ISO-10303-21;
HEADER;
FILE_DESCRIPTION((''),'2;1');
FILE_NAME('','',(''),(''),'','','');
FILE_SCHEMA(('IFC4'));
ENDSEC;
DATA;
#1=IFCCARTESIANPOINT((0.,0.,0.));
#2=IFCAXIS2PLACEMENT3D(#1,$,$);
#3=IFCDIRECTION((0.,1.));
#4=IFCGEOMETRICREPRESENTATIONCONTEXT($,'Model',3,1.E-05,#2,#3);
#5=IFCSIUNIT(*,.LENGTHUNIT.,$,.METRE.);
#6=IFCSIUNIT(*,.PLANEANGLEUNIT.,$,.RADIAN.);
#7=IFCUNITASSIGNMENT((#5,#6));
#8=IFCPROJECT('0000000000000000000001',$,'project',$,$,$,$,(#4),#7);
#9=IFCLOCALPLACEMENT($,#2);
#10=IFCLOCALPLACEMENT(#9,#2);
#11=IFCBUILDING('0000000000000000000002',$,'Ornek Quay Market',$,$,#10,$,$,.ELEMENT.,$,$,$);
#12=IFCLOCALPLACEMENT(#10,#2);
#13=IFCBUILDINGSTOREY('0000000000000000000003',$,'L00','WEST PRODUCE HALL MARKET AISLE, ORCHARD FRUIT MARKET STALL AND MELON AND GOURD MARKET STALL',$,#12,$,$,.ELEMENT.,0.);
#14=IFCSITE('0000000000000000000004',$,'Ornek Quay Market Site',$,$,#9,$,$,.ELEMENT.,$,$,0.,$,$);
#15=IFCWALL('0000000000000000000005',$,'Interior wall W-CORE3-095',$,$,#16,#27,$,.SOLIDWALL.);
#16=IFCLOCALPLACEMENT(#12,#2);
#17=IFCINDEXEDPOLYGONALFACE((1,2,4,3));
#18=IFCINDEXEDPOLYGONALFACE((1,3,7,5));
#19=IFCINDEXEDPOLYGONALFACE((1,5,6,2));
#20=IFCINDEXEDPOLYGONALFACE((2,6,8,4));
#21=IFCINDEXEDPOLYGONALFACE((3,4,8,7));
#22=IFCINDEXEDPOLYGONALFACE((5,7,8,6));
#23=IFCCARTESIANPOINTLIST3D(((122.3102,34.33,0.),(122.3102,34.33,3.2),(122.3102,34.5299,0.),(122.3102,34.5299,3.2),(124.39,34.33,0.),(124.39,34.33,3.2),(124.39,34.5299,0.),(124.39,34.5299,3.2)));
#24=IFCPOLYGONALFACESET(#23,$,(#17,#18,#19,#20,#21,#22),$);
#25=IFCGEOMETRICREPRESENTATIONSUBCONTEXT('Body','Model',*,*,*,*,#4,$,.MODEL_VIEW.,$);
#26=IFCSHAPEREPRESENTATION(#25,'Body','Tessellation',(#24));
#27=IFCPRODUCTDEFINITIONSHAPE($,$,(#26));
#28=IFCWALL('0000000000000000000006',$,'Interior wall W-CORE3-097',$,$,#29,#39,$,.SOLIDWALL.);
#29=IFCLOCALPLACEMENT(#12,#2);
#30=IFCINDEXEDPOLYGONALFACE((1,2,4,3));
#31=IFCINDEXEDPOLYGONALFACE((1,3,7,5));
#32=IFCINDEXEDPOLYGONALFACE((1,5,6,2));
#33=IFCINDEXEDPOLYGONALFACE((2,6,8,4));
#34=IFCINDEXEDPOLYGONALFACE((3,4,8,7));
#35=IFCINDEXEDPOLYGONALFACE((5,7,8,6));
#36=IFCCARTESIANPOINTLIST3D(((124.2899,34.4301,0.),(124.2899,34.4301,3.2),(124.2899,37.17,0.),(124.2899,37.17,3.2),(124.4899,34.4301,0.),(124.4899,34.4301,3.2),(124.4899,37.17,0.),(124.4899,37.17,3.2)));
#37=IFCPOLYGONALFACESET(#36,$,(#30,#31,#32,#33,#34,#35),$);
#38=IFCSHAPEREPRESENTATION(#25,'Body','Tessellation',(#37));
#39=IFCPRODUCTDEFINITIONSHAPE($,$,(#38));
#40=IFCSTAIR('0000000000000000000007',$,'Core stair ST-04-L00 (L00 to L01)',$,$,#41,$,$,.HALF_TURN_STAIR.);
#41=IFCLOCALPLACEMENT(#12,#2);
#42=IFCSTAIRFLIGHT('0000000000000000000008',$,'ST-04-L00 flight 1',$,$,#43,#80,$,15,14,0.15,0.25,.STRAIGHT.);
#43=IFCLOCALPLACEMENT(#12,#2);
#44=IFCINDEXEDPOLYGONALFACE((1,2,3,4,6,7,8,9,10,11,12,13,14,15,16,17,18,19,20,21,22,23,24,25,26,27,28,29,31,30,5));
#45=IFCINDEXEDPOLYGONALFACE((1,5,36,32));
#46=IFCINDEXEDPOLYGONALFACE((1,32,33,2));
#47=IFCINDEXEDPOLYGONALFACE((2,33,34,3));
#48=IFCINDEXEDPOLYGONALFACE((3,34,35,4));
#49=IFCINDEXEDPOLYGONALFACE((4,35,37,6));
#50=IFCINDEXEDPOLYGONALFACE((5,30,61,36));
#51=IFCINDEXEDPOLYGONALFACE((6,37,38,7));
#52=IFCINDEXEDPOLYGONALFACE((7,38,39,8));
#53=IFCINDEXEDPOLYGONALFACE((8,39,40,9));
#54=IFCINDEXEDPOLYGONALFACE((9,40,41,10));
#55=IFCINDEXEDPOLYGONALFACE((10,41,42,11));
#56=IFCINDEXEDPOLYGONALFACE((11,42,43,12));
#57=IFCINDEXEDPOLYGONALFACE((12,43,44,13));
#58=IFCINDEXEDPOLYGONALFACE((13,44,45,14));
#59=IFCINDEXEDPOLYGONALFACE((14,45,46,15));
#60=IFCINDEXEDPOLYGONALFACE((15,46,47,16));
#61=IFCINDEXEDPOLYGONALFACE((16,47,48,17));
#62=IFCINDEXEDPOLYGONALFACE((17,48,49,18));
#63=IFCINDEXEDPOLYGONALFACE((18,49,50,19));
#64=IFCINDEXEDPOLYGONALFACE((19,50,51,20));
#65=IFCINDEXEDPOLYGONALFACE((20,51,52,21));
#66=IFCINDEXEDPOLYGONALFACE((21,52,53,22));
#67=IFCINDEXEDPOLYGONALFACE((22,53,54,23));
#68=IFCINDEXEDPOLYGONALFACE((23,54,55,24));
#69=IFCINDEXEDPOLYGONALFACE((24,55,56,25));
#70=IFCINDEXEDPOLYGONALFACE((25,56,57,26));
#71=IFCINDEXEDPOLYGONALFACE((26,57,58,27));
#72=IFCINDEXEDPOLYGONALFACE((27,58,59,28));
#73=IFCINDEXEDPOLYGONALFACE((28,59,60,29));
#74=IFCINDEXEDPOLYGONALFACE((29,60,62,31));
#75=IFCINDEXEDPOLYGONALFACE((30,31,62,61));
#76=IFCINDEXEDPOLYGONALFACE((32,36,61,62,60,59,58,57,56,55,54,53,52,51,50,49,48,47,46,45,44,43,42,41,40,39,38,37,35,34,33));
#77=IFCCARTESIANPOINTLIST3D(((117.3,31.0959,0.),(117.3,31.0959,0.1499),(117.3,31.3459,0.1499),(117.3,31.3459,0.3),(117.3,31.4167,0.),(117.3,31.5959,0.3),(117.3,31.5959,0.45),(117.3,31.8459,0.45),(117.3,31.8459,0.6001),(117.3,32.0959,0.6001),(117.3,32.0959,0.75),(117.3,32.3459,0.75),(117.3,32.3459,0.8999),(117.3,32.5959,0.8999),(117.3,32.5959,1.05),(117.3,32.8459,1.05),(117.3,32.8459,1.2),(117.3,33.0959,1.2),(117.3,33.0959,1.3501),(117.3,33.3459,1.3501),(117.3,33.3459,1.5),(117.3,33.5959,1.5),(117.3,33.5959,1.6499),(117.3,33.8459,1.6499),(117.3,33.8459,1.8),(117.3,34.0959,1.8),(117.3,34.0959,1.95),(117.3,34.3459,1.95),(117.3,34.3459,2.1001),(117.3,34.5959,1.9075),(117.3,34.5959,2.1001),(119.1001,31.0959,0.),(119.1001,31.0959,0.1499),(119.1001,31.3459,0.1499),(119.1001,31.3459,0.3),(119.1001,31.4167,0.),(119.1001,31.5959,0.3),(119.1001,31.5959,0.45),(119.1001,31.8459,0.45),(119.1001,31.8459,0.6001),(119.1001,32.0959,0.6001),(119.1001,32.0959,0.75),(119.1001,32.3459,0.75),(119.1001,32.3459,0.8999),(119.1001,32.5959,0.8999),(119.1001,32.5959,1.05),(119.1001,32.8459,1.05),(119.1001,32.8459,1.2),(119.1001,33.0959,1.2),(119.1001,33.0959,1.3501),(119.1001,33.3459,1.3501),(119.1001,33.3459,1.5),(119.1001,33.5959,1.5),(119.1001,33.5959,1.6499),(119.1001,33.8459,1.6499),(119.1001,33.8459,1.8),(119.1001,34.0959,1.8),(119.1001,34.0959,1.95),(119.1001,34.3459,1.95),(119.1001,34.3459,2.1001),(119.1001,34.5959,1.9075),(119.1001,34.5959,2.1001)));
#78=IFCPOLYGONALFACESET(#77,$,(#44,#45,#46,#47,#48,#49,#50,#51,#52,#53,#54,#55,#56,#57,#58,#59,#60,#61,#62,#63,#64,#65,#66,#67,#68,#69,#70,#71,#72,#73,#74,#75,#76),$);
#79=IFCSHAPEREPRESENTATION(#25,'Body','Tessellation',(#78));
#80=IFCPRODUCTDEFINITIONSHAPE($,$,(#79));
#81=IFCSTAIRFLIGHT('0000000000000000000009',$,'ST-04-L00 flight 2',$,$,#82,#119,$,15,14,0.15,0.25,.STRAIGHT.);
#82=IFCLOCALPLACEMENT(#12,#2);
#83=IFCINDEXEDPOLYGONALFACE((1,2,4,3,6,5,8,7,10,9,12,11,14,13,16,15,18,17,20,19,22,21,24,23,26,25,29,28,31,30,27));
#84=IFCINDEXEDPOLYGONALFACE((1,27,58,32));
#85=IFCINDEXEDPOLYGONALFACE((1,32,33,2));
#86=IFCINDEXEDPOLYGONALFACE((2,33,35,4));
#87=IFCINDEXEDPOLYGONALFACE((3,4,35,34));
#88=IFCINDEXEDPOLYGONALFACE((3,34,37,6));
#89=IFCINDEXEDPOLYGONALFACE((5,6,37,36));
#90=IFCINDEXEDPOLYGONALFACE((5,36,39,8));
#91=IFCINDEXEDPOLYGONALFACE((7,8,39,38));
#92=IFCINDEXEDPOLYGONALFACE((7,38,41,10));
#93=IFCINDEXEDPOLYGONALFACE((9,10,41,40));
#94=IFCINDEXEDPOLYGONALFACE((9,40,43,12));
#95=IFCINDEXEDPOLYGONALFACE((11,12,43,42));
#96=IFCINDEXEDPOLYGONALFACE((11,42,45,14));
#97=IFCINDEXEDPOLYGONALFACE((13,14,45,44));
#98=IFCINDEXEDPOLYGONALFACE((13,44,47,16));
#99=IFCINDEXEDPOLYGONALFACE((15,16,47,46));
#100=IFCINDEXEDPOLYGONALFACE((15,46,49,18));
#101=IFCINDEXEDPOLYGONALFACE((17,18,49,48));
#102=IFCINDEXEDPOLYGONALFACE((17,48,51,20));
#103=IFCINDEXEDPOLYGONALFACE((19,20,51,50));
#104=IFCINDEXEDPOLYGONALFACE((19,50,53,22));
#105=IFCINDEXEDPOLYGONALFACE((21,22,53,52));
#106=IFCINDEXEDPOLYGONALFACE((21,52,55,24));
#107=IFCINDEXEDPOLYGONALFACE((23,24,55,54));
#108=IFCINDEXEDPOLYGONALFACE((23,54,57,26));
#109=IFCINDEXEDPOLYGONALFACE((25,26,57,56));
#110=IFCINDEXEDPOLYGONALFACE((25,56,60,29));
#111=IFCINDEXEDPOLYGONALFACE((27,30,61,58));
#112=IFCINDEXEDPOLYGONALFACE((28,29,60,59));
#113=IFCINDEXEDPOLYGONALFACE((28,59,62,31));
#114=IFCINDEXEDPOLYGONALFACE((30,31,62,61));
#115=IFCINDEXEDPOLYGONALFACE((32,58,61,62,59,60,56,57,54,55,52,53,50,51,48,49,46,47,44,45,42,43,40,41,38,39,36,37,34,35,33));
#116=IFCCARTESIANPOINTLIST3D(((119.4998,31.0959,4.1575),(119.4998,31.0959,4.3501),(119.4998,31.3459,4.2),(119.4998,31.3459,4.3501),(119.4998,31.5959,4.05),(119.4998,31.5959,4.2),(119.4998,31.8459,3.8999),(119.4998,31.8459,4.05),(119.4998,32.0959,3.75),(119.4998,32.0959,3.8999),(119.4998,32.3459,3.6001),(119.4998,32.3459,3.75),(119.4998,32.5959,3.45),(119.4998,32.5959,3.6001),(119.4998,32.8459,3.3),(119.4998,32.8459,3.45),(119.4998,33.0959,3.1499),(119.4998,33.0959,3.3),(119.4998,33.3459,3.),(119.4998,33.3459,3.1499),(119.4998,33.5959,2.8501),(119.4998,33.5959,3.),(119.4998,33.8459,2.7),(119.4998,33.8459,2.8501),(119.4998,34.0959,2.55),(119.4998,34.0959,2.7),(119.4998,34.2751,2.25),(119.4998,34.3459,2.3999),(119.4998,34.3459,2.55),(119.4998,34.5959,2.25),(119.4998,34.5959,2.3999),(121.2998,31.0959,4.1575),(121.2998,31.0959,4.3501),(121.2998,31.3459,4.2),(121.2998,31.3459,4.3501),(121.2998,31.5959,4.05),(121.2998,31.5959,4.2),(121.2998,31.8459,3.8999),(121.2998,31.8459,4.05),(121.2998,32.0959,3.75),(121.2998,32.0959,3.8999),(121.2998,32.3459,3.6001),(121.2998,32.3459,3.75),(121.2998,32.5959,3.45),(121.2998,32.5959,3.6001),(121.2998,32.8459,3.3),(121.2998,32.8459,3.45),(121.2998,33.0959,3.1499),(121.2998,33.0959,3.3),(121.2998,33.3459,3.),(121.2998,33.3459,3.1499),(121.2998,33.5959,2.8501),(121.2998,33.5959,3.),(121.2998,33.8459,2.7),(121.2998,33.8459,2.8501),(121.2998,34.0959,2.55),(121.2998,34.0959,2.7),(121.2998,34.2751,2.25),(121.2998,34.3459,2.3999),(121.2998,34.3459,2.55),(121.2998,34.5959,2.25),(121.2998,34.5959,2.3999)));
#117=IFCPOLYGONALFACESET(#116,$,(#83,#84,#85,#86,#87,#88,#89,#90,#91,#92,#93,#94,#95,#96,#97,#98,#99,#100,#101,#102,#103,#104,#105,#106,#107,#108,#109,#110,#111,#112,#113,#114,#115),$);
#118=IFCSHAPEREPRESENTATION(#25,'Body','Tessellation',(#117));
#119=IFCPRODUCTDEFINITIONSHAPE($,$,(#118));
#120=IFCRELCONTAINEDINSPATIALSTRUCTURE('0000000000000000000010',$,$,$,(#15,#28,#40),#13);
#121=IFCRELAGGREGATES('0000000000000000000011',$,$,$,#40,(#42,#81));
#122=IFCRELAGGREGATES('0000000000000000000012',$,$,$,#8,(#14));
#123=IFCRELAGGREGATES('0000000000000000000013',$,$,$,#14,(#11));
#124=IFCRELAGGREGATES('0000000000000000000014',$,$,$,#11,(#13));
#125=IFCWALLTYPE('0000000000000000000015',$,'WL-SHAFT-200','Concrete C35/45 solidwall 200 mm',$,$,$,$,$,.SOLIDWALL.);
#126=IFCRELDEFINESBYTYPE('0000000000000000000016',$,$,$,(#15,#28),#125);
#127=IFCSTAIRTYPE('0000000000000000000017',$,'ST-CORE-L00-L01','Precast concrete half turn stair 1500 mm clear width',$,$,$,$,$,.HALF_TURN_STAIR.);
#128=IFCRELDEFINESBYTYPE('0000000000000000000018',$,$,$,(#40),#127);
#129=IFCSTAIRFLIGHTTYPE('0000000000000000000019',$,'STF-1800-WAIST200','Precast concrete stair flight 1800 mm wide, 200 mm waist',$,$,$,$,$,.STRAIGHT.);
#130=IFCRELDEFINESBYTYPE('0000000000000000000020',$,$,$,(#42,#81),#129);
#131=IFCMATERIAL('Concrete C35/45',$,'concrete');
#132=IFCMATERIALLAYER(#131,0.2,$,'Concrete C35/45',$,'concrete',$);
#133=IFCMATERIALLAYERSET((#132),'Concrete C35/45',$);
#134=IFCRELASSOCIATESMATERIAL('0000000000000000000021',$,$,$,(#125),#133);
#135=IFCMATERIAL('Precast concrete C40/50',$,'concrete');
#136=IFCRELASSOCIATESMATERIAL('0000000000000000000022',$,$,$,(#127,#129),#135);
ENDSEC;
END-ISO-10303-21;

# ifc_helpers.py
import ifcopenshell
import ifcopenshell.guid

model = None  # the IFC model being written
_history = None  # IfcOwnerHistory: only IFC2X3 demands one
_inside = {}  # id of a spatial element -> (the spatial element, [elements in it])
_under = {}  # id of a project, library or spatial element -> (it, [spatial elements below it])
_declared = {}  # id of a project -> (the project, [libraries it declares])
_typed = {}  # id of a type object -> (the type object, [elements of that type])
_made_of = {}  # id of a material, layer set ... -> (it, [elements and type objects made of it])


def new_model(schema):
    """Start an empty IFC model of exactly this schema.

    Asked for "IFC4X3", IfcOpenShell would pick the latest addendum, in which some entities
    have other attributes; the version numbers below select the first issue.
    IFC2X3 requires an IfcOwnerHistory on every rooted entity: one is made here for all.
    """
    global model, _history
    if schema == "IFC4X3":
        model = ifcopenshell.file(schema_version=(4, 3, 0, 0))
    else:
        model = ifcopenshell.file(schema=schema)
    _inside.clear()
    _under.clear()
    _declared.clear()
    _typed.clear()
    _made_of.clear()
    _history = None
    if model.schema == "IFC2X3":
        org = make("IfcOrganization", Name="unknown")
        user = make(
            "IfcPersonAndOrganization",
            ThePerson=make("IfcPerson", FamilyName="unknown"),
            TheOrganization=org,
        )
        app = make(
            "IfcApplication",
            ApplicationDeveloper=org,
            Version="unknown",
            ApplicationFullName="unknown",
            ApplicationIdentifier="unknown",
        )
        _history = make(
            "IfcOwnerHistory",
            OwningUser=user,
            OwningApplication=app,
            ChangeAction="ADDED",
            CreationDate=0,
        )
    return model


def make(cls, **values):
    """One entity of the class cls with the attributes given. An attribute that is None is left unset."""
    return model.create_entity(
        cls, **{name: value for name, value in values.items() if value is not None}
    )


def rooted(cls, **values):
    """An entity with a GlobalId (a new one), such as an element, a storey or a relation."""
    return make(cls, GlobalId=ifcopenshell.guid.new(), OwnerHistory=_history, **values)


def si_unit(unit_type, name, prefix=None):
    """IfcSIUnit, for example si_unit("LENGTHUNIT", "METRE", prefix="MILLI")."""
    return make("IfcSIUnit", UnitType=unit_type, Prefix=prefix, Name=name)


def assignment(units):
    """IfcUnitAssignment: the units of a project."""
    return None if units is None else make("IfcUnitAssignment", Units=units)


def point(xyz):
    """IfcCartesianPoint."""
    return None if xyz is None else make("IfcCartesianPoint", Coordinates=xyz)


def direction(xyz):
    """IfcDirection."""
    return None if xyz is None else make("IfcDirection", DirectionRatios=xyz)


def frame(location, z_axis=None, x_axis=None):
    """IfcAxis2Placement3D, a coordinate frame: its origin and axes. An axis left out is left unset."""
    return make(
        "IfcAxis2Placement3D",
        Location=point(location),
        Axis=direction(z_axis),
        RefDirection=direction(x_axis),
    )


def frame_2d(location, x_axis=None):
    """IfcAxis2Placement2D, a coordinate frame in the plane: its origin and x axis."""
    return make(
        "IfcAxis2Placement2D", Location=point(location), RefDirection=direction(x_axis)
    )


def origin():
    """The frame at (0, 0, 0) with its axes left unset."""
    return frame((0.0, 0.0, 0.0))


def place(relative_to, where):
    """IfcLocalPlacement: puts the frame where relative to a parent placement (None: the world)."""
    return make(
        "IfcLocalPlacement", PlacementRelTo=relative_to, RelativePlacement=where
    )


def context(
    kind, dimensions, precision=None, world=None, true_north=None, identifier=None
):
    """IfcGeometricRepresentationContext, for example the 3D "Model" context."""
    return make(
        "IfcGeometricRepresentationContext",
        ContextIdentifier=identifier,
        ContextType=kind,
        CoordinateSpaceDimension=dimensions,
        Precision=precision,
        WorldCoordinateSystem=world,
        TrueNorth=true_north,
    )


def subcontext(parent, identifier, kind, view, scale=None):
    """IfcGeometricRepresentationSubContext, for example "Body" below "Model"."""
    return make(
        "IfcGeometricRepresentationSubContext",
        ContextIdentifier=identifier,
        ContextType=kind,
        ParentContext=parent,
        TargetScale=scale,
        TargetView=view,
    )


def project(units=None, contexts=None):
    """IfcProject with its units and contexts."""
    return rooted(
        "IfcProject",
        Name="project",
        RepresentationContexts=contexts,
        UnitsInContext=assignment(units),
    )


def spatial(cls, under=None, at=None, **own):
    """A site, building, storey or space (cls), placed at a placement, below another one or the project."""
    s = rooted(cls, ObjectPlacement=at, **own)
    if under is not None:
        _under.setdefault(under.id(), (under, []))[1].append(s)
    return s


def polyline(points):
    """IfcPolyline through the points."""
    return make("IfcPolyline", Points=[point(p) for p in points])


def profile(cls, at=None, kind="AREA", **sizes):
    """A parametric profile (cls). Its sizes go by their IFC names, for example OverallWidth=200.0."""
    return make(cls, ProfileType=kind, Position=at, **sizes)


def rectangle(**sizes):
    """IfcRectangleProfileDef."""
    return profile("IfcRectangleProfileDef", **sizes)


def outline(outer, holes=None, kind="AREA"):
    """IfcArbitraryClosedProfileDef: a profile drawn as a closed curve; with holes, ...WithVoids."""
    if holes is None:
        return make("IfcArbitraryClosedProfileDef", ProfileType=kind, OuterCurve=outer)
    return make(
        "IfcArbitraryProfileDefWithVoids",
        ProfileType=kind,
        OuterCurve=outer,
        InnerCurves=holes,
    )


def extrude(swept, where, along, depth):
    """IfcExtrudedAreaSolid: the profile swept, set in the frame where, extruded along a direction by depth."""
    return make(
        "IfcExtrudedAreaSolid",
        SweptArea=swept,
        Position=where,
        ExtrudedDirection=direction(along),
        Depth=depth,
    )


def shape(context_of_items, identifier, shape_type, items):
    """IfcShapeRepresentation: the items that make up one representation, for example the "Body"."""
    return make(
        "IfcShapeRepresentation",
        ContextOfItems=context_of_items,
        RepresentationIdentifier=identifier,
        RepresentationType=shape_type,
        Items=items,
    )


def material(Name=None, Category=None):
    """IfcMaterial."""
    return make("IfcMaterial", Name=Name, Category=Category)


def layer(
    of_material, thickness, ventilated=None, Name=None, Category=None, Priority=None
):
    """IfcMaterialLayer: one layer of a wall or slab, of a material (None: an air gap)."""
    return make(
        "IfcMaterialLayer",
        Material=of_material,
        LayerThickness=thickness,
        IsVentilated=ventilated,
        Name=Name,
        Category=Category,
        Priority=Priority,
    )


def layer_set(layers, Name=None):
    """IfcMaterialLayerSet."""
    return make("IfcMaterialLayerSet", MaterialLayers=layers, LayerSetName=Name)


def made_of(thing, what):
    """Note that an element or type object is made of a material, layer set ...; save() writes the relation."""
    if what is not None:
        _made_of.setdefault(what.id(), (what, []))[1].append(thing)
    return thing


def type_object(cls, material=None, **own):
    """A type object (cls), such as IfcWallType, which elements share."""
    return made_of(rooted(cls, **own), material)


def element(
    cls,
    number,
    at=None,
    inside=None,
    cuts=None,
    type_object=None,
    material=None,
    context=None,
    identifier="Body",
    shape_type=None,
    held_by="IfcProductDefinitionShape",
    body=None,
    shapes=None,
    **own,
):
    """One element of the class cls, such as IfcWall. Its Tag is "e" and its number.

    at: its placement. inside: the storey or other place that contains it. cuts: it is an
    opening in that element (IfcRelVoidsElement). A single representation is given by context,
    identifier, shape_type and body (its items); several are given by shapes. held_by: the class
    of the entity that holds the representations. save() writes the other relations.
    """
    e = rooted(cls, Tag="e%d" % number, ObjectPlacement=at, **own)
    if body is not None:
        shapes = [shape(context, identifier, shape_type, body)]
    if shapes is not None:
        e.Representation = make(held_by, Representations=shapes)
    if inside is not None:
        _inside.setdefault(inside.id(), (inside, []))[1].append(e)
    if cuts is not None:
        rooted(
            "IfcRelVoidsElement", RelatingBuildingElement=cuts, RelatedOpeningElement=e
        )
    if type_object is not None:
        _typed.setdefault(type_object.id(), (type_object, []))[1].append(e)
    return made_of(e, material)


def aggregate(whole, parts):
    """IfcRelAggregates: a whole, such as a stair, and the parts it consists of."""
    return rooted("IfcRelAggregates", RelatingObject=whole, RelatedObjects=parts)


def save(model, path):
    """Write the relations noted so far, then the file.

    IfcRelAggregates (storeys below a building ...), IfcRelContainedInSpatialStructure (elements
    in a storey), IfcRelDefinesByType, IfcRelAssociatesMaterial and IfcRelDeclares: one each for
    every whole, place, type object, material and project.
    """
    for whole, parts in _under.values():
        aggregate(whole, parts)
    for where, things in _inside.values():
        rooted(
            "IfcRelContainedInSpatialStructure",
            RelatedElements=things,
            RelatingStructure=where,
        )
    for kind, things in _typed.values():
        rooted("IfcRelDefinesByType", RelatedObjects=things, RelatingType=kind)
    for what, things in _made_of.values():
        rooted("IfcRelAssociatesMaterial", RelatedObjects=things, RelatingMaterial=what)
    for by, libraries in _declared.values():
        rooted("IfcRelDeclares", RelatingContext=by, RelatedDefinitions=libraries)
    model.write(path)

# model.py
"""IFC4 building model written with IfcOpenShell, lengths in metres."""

from ifc_helpers import new_model, si_unit, direction, frame, frame_2d, origin, place, context, subcontext, project, spatial, polyline, rectangle, outline, extrude, material, layer, layer_set, type_object, element, aggregate, save


model = new_model("IFC4")

# Units and contexts
model_context = context("Model", 3, precision=1e-05, world=origin(), true_north=direction((0.0, 1.0)))
body_context = subcontext(model_context, "Body", "Model", "MODEL_VIEW")
ifc_project = project(units=[si_unit("LENGTHUNIT", "METRE"), si_unit("PLANEANGLEUNIT", "RADIAN")], contexts=[model_context])

# Site, building, storey
site_placement = place(None, origin())
site = spatial("IfcSite", under=ifc_project, at=site_placement, Name="Ornek Quay Market Site", CompositionType="ELEMENT", RefElevation=0.0)
building_placement = place(site_placement, origin())
building = spatial("IfcBuilding", under=site, at=building_placement, Name="Ornek Quay Market", CompositionType="ELEMENT")
storey_placement = place(building_placement, origin())
storey = spatial("IfcBuildingStorey", under=building, at=storey_placement, Name="L00", Description="WEST PRODUCE HALL MARKET AISLE, ORCHARD FRUIT MARKET STALL AND MELON AND GOURD MARKET STALL", CompositionType="ELEMENT", Elevation=0.0)

# Shared definitions
ifc_material_1 = material(Name="Concrete C35/45", Category="concrete")

# Shared definitions
ifc_layer_1 = layer(ifc_material_1, 0.2, Name="Concrete C35/45", Category="concrete")
ifc_layer_set_1 = layer_set([ifc_layer_1], Name="Concrete C35/45")
wall_type_1 = type_object("IfcWallType", Name="WL-SHAFT-200", Description="Concrete C35/45 solidwall 200 mm", PredefinedType="SOLIDWALL", material=ifc_layer_set_1)

# Walls
wall_1_placement = place(storey_placement, frame((122.3101, 34.4299, 0.0), z_axis=(0.0, 0.0, 1.0), x_axis=(1.0, 0.0, 0.0)))
element("IfcWall", 1, at=wall_1_placement, inside=storey, type_object=wall_type_1, Name="Interior wall W-CORE3-095", PredefinedType="SOLIDWALL", context=body_context, shape_type="SweptSolid", body=[
    extrude(rectangle(XDim=2.0798, YDim=0.2, at=frame_2d((1.04, 0.0))), origin(), (0.0, 0.0, 1.0), 3.2),
])
wall_2_placement = place(storey_placement, frame((124.3899, 34.4299, 0.0), z_axis=(0.0, 0.0, 1.0), x_axis=(0.0, 1.0, 0.0)))
element("IfcWall", 2, at=wall_2_placement, inside=storey, type_object=wall_type_1, Name="Interior wall W-CORE3-097", PredefinedType="SOLIDWALL", context=body_context, shape_type="SweptSolid", body=[
    extrude(rectangle(XDim=2.74, YDim=0.2, at=frame_2d((1.3701, 0.0))), origin(), (0.0, 0.0, 1.0), 3.2),
])

# Stair, stair flights
ifc_material_2 = material(Name="Precast concrete C40/50", Category="concrete")
stair_type = type_object("IfcStairType", Name="ST-CORE-L00-L01", Description="Precast concrete half turn stair 1500 mm clear width", PredefinedType="HALF_TURN_STAIR", material=ifc_material_2)
stair_placement = place(storey_placement, origin())
stair = element("IfcStair", 3, at=stair_placement, inside=storey, type_object=stair_type, Name="Core stair ST-04-L00 (L00 to L01)", PredefinedType="HALF_TURN_STAIR")
stair_flight_type = type_object("IfcStairFlightType", Name="STF-1800-WAIST200", Description="Precast concrete stair flight 1800 mm wide, 200 mm waist", PredefinedType="STRAIGHT", material=ifc_material_2)
stair_flight_1_placement = place(storey_placement, frame((118.2, 31.0959, 0.0), z_axis=(0.0, 0.0, 1.0), x_axis=(0.0, 1.0, 0.0)))
stair_flight_1 = element("IfcStairFlight", 4, at=stair_flight_1_placement, type_object=stair_flight_type, Name="ST-04-L00 flight 1", NumberOfRisers=15, NumberOfTreads=14, PredefinedType="STRAIGHT", RiserHeight=0.15, TreadLength=0.25, context=body_context, shape_type="SweptSolid", body=[
    extrude(outline(polyline([(0.0, 0.0), (0.0, 0.1499), (0.25, 0.1499), (0.25, 0.3), (0.5, 0.3), (0.5, 0.45), (0.75, 0.45), (0.75, 0.6001), (1.0, 0.6001), (1.0, 0.75), (1.25, 0.75), (1.25, 0.8999), (1.5, 0.8999), (1.5, 1.05), (1.75, 1.05), (1.75, 1.2), (2.0, 1.2), (2.0, 1.3501), (2.25, 1.3501), (2.25, 1.5), (2.5, 1.5), (2.5, 1.6499), (2.75, 1.6499), (2.75, 1.8), (3.0, 1.8), (3.0, 1.95), (3.25, 1.95), (3.25, 2.1001), (3.5, 2.1001), (3.5, 2.25), (3.5, 1.9075), (0.3208, 0.0), (0.0, 0.0)])), frame((0.0, 0.8999, 0.0), z_axis=(0.0, -1.0, 0.0), x_axis=(1.0, 0.0, 0.0)), (0.0, 0.0, 1.0), 1.8),
])
stair_flight_2_placement = place(storey_placement, frame((120.3999, 34.5959, 2.25), z_axis=(0.0, 0.0, 1.0), x_axis=(0.0, -1.0, 0.0)))
stair_flight_2 = element("IfcStairFlight", 5, at=stair_flight_2_placement, type_object=stair_flight_type, Name="ST-04-L00 flight 2", NumberOfRisers=15, NumberOfTreads=14, PredefinedType="STRAIGHT", RiserHeight=0.15, TreadLength=0.25, context=body_context, shape_type="SweptSolid", body=[
    extrude(outline(polyline([(0.0, 0.0), (0.0, 0.1499), (0.25, 0.1499), (0.25, 0.3), (0.5, 0.3), (0.5, 0.45), (0.75, 0.45), (0.75, 0.6001), (1.0, 0.6001), (1.0, 0.75), (1.25, 0.75), (1.25, 0.8999), (1.5, 0.8999), (1.5, 1.05), (1.75, 1.05), (1.75, 1.2), (2.0, 1.2), (2.0, 1.3501), (2.25, 1.3501), (2.25, 1.5), (2.5, 1.5), (2.5, 1.6499), (2.75, 1.6499), (2.75, 1.8), (3.0, 1.8), (3.0, 1.95), (3.25, 1.95), (3.25, 2.1001), (3.5, 2.1001), (3.5, 2.25), (3.5, 1.9075), (0.3208, 0.0), (0.0, 0.0)])), frame((0.0, 0.8999, 0.0), z_axis=(0.0, -1.0, 0.0), x_axis=(1.0, 0.0, 0.0)), (0.0, 0.0, 1.0), 1.8),
])
aggregate(stair, [stair_flight_1, stair_flight_2])

save(model, "model.ifc")
